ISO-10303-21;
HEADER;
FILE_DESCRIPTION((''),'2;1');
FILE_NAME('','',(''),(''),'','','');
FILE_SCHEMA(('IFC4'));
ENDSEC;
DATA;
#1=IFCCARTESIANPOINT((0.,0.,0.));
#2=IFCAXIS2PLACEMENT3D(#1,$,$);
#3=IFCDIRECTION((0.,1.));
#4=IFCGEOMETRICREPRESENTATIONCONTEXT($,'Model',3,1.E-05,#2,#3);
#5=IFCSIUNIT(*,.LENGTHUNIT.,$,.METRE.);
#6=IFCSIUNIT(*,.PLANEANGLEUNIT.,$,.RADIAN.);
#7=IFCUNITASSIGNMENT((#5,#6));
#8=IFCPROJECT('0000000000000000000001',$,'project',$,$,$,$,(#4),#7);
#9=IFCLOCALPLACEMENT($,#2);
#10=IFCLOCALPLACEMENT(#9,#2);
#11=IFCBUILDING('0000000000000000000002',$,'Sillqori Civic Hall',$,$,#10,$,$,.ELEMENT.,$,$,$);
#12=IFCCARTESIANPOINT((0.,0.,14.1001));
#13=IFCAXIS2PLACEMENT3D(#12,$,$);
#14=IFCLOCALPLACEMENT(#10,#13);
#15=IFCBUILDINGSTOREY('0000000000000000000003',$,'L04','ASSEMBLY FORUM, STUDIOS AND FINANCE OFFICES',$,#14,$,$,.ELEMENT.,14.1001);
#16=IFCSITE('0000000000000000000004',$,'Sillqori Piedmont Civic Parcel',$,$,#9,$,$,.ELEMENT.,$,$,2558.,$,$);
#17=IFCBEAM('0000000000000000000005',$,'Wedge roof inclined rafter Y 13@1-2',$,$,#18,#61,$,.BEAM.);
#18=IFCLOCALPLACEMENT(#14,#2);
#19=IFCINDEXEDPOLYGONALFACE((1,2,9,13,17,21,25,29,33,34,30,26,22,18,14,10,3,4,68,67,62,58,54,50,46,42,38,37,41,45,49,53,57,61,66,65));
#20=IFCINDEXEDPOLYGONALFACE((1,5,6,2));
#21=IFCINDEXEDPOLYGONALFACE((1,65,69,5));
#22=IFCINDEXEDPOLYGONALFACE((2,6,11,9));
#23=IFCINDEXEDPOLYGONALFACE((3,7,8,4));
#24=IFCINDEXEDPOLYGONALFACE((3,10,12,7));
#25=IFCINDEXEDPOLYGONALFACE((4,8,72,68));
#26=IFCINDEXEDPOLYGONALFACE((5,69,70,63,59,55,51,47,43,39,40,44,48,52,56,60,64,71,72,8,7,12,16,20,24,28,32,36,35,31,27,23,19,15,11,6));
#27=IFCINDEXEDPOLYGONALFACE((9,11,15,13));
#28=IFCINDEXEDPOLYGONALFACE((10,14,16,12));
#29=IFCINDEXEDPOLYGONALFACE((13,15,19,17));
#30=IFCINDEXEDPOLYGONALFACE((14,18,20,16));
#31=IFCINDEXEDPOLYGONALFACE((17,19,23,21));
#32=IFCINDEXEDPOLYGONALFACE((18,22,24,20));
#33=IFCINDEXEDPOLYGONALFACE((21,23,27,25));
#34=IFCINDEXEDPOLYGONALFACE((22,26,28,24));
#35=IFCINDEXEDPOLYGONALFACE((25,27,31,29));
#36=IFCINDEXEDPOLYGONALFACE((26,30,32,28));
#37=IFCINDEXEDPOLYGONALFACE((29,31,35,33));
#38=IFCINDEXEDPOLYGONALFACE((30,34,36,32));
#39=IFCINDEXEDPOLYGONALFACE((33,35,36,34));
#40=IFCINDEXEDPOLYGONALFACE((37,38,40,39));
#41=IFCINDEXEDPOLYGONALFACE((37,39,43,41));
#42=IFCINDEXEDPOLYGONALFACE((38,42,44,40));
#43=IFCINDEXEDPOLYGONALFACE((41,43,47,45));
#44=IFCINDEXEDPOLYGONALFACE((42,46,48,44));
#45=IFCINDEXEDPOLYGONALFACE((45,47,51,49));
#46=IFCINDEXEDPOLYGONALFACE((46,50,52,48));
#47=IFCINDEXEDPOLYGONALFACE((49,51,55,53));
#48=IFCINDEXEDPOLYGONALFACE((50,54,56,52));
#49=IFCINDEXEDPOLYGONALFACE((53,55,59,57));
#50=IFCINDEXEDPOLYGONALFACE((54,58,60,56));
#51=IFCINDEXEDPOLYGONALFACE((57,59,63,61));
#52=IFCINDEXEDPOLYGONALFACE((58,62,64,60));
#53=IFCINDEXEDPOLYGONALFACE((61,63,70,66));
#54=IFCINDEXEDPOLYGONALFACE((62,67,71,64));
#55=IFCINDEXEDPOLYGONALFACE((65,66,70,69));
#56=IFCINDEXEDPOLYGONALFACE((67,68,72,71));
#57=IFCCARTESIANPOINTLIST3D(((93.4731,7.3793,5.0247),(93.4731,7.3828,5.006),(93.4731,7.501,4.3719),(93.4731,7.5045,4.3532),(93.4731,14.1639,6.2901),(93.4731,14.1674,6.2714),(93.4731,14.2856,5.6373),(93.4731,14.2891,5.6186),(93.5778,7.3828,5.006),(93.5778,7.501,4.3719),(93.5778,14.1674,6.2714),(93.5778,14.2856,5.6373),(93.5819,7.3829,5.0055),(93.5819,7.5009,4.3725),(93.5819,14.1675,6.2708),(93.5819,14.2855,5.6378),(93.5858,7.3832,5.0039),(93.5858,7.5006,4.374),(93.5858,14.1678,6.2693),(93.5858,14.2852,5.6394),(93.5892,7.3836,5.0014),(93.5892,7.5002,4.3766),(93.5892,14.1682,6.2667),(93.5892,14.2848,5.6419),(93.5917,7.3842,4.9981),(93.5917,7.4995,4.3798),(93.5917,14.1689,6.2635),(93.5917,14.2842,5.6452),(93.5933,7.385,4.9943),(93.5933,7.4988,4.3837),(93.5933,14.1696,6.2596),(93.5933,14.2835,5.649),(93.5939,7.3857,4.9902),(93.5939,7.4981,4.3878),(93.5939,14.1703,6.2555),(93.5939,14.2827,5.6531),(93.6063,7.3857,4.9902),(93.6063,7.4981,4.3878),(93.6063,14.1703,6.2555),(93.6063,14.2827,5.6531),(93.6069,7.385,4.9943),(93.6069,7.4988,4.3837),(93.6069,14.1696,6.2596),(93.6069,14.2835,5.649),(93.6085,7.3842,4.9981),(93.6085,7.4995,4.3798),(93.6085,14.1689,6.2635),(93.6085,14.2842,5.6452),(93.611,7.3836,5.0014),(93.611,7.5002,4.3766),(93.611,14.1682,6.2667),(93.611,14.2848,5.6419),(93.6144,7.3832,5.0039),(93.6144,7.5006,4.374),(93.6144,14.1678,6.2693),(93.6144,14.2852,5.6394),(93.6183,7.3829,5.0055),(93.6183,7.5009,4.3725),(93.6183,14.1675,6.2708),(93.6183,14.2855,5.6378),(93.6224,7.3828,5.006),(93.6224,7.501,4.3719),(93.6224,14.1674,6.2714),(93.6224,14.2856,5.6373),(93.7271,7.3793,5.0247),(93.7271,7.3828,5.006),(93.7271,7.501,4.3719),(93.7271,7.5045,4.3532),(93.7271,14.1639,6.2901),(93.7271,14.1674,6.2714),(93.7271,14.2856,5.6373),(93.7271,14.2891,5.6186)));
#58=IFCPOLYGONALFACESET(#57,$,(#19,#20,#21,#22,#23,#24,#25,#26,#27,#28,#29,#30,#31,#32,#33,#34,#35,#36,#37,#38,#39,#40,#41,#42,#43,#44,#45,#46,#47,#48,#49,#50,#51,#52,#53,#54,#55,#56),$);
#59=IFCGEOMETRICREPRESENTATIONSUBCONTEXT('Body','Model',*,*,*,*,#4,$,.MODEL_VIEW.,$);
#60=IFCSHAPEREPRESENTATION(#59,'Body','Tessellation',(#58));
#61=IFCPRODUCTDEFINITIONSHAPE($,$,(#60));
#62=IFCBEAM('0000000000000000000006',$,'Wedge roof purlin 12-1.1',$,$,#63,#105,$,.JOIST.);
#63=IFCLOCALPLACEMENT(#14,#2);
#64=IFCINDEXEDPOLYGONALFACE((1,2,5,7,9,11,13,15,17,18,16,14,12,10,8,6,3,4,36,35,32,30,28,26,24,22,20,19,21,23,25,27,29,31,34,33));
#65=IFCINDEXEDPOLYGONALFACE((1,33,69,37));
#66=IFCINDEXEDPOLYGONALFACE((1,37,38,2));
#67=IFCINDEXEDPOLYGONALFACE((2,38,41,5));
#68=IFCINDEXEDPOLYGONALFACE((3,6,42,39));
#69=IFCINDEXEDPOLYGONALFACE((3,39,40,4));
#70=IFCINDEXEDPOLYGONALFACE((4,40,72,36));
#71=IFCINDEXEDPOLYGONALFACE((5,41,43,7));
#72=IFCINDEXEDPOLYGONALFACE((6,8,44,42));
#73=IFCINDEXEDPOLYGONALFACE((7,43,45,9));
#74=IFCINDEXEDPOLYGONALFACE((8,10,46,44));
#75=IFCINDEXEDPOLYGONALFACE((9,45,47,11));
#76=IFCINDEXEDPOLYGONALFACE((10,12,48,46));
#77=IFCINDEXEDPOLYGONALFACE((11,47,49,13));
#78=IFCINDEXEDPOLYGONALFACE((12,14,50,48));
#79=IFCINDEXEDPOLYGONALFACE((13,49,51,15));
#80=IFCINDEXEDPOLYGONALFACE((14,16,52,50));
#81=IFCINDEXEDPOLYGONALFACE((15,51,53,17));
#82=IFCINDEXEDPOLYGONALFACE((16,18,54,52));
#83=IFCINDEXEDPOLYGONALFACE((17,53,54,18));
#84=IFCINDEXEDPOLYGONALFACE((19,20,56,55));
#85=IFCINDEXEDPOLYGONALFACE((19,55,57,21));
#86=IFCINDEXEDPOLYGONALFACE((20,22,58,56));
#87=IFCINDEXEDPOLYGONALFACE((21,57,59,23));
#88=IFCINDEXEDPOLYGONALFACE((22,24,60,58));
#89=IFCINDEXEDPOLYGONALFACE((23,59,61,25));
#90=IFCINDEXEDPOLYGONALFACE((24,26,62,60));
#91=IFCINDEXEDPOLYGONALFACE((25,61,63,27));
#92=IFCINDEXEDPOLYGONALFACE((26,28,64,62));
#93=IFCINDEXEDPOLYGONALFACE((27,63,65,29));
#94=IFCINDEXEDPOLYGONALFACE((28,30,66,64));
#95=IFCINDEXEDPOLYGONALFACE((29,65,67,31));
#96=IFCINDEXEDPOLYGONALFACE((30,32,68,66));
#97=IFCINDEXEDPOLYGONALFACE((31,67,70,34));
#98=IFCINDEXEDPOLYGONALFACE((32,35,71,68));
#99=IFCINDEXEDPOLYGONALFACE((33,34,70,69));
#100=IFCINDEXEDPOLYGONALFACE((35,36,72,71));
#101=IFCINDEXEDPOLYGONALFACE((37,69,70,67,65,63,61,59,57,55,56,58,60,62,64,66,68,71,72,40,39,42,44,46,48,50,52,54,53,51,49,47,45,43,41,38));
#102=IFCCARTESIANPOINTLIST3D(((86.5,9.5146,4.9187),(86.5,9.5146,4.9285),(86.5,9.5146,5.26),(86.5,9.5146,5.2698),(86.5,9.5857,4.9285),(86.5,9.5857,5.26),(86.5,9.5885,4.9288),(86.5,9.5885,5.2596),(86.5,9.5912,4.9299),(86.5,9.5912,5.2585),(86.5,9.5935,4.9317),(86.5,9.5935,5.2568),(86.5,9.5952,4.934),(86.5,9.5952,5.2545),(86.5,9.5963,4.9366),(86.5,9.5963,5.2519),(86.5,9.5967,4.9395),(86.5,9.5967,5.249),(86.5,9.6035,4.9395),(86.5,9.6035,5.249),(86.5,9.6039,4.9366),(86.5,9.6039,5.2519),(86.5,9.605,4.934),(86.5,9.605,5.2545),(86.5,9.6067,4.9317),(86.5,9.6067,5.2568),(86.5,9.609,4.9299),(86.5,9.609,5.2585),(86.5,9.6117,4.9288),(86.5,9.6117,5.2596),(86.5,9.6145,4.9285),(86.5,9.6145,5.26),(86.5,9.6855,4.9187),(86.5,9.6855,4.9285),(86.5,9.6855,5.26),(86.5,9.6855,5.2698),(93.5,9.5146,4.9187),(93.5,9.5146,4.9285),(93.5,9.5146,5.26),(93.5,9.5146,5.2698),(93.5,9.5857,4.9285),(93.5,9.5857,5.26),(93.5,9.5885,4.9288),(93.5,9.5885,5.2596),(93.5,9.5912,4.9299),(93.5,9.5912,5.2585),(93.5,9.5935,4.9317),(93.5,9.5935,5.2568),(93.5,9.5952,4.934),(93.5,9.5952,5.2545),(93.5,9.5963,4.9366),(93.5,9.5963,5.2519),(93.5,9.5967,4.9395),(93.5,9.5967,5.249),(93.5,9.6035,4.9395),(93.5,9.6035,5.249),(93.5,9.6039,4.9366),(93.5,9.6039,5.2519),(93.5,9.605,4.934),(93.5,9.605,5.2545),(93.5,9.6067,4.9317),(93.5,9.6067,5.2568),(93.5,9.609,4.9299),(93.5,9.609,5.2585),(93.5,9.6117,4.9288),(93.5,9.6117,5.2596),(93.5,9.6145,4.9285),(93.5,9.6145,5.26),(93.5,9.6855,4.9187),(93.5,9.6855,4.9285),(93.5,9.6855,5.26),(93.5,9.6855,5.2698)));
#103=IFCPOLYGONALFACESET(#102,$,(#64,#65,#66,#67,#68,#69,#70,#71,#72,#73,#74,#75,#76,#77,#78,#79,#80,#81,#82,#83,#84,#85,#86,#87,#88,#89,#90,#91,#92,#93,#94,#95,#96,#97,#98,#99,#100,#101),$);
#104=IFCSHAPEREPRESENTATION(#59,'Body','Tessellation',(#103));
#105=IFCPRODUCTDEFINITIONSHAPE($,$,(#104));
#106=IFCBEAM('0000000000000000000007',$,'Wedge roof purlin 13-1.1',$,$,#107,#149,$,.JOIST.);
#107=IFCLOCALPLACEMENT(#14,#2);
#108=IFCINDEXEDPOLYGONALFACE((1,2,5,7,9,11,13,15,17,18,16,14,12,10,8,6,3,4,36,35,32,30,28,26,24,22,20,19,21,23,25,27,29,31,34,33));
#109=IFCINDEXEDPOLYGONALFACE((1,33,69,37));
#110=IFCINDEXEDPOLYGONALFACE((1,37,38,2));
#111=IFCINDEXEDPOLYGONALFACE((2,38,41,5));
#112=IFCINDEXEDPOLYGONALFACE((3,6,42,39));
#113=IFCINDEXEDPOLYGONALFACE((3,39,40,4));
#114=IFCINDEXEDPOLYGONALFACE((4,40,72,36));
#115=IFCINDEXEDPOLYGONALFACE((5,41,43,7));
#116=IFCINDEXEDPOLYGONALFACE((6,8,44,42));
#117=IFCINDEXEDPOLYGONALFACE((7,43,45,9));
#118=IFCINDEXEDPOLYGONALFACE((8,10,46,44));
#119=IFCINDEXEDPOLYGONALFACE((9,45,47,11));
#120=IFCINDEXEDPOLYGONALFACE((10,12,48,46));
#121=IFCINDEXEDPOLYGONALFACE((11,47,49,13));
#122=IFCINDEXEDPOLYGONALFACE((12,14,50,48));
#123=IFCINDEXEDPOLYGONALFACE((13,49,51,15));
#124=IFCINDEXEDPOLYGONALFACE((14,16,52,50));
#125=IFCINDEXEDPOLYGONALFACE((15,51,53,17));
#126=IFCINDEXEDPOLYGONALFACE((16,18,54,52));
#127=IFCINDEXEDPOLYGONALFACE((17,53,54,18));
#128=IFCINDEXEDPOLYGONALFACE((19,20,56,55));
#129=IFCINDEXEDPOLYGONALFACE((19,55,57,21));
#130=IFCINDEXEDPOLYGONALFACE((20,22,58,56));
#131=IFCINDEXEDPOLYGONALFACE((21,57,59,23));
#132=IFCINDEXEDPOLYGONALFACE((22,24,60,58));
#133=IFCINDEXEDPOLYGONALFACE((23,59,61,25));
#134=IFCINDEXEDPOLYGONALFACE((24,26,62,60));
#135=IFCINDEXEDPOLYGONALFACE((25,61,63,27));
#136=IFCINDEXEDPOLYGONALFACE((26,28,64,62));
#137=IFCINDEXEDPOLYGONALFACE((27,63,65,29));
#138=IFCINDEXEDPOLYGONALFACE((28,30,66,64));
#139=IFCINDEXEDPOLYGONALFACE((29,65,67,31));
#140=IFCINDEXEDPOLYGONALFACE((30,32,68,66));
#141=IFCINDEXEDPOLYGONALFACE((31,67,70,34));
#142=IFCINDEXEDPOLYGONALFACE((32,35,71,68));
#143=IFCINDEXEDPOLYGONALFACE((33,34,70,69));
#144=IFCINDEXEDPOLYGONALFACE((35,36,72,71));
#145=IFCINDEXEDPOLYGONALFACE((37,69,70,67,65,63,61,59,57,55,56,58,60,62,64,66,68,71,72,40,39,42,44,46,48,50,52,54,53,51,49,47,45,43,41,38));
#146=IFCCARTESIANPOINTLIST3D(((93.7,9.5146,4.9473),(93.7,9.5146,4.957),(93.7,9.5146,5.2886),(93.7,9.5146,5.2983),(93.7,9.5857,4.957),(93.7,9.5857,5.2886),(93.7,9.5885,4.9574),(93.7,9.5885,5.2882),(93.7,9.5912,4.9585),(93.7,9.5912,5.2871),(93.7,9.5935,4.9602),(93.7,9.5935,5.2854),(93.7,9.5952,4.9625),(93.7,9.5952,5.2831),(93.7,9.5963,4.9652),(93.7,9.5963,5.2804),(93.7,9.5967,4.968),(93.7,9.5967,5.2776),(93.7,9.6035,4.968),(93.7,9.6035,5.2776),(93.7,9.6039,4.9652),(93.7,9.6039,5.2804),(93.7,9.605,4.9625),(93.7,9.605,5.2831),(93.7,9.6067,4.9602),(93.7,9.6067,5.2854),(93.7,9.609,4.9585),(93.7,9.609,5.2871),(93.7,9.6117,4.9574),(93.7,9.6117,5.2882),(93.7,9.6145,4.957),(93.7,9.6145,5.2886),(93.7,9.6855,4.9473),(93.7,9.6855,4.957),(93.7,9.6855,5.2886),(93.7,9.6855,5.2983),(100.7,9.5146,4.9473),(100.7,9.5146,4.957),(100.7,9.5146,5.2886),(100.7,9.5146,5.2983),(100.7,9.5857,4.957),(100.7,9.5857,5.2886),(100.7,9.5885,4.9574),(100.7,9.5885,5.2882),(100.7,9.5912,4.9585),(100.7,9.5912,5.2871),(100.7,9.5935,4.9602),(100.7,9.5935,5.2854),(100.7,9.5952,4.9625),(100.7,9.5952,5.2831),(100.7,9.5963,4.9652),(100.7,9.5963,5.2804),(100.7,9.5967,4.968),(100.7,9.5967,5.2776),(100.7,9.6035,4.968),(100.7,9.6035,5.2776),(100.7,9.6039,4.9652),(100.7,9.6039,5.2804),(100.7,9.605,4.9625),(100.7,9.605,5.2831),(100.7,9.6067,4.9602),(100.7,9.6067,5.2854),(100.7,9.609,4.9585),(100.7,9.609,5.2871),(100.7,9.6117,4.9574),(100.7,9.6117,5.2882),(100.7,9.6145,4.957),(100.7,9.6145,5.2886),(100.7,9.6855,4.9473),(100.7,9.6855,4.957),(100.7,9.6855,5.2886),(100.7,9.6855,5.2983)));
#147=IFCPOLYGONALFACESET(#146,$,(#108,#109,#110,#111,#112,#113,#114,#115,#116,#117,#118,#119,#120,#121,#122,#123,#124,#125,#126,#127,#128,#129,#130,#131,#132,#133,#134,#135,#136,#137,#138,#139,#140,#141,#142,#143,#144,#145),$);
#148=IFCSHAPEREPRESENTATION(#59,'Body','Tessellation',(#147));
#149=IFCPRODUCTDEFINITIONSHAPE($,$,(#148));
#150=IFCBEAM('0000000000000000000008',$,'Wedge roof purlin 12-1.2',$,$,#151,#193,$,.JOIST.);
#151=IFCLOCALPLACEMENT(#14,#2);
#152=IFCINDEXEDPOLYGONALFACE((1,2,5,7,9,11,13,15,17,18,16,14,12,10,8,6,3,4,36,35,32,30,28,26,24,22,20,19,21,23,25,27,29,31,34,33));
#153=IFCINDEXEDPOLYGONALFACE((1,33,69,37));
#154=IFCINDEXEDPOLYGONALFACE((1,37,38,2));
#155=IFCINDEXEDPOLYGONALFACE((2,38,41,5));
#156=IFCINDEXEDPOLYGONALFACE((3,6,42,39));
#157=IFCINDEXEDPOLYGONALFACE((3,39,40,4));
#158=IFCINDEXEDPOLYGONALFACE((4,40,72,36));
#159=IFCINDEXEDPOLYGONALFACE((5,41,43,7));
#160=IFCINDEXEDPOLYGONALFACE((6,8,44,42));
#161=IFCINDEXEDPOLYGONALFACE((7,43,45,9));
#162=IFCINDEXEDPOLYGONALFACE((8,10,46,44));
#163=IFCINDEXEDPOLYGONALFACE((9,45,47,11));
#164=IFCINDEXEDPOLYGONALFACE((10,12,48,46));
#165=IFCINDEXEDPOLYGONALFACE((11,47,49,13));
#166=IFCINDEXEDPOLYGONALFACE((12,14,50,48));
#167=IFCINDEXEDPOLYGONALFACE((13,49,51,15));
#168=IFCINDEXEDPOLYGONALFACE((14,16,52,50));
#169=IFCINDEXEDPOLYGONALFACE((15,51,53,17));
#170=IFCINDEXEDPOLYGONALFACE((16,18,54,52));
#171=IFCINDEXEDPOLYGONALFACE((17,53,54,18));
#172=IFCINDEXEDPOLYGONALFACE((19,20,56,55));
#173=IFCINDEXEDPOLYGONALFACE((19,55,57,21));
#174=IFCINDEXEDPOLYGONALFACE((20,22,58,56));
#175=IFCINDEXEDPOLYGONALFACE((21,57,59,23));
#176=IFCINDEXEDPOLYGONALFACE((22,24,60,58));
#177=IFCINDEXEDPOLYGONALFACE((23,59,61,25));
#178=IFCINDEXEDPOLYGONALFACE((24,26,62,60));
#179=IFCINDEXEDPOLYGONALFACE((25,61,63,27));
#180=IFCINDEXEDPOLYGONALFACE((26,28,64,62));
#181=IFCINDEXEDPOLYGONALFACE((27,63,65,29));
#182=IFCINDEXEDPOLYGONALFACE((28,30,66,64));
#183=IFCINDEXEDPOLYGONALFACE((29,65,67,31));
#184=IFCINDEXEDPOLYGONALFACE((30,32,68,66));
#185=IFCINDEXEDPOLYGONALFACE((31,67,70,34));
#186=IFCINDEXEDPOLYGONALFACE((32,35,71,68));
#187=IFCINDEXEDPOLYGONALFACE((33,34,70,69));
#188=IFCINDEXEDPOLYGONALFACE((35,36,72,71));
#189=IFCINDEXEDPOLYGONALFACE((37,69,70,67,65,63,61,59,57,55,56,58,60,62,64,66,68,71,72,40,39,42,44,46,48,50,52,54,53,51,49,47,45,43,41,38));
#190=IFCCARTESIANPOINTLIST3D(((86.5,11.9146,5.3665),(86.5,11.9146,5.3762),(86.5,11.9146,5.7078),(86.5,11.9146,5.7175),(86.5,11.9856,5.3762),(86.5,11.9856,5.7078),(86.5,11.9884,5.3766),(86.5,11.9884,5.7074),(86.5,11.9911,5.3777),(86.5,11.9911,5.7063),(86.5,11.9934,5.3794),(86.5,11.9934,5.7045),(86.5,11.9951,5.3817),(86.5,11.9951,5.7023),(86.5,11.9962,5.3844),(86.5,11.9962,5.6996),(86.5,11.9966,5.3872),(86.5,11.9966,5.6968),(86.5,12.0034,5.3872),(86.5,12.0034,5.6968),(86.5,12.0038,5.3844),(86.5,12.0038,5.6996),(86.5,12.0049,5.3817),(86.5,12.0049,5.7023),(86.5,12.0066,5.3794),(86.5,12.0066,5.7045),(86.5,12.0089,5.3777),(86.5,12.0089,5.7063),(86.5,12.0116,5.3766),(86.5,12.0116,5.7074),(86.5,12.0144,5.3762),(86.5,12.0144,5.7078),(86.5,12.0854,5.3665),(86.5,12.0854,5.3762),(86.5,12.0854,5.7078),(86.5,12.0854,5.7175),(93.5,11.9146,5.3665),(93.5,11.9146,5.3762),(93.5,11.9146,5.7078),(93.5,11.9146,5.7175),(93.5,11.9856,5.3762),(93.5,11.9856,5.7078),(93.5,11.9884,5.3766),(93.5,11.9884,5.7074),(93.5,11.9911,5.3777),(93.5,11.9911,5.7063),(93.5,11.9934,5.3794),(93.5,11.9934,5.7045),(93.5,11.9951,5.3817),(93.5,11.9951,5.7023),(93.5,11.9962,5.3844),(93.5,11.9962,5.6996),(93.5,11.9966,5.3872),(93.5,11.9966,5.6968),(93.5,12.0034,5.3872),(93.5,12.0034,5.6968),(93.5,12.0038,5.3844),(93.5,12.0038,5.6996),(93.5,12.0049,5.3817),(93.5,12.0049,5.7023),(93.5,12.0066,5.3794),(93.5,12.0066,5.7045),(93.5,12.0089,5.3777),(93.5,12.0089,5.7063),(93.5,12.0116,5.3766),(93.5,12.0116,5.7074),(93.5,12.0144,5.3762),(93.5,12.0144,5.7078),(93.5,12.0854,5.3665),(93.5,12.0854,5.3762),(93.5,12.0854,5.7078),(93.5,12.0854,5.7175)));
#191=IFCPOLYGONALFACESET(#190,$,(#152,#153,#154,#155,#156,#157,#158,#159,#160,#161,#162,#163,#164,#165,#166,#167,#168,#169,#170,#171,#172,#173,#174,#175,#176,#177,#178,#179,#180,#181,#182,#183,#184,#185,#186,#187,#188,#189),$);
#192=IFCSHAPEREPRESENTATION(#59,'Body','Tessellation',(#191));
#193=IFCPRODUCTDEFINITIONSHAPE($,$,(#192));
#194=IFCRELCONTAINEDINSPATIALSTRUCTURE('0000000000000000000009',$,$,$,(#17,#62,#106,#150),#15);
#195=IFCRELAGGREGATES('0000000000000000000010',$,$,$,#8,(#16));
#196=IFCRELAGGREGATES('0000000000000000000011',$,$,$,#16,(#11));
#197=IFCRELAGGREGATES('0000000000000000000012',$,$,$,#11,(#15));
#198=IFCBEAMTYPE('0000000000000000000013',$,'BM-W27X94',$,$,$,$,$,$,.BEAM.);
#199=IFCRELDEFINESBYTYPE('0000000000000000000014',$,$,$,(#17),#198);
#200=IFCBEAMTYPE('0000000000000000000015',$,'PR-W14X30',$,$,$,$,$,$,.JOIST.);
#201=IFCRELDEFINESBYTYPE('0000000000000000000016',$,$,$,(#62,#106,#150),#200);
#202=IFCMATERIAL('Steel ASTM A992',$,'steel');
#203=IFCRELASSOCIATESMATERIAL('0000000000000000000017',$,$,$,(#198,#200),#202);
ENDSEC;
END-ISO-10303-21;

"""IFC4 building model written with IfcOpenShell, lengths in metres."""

from ifc_helpers import new_model, si_unit, direction, frame, origin, origin_2d, place, context, subcontext, project, spatial, i_section, extrude, material, material_profile, profile_set, type_object, element, save


model = new_model("IFC4")

# Units and contexts
model_context = context("Model", 3, precision=1e-05, world=origin(), true_north=direction((0.0, 1.0)))
body_context = subcontext(model_context, "Body", "Model", "MODEL_VIEW")
ifc_project = project(units=[si_unit("LENGTHUNIT", "METRE"), si_unit("PLANEANGLEUNIT", "RADIAN")], contexts=[model_context])

# Site, building, storey
site_placement = place(None, origin())
site = spatial("IfcSite", under=ifc_project, at=site_placement, Name="Sillqori Piedmont Civic Parcel", CompositionType="ELEMENT", RefElevation=2558.0)
building_placement = place(site_placement, origin())
building = spatial("IfcBuilding", under=site, at=building_placement, Name="Sillqori Civic Hall", CompositionType="ELEMENT")
storey_placement = place(building_placement, frame((0.0, 0.0, 14.1001)))
storey = spatial("IfcBuildingStorey", under=building, at=storey_placement, Name="L04", Description="ASSEMBLY FORUM, STUDIOS AND FINANCE OFFICES", CompositionType="ELEMENT", Elevation=14.1001)

# Shared definitions
ifc_material_1 = material(Name="Steel ASTM A992", Category="steel")

# Beams
ifc_material_profile_1 = material_profile(ifc_material_1, i_section(OverallWidth=0.2539, OverallDepth=0.6831, WebThickness=0.0125, FlangeThickness=0.019, FilletRadius=0.0161, at=origin_2d()), Name="W27X94")
ifc_profile_set_1 = profile_set([ifc_material_profile_1], Name="Steel ASTM A992")
beam_type_1 = type_object("IfcBeamType", Name="BM-W27X94", PredefinedType="BEAM", material=ifc_profile_set_1)
for number, where, z_axis, x_axis, name in (
    (1, (93.6001, 7.4419, 4.689), (0.0, 0.983049, 0.183344), (-1.0, 0.0, 0.0), "Wedge roof inclined rafter Y 13@1-2"),
):
    element("IfcBeam", number, at=place(storey_placement, frame(where, z_axis=z_axis, x_axis=x_axis)), inside=storey, type_object=beam_type_1, Name=name, PredefinedType="BEAM", context=body_context, shape_type="SweptSolid", body=[
        extrude(i_section(OverallWidth=0.2539, OverallDepth=0.6831, WebThickness=0.0125, FlangeThickness=0.019, FilletRadius=0.0161, at=origin_2d()), origin(), (0.0, 0.0, 1.0), 6.9016),
    ])
ifc_material_profile_2 = material_profile(ifc_material_1, i_section(OverallWidth=0.1709, OverallDepth=0.3511, WebThickness=0.0068, FlangeThickness=0.0098, FilletRadius=0.011, at=origin_2d()), Name="W14X30")
ifc_profile_set_2 = profile_set([ifc_material_profile_2], Name="Steel ASTM A992")
beam_type_2 = type_object("IfcBeamType", Name="PR-W14X30", PredefinedType="JOIST", material=ifc_profile_set_2)
for number, where, z_axis, x_axis, name in (
    (2, (86.5, 9.6001, 5.0942), (1.0, 0.0, 0.0), (0.0, 1.0, 0.0), "Wedge roof purlin 12-1.1"),
    (3, (93.7, 9.6001, 5.1228), (1.0, 0.0, 0.0), (0.0, 1.0, 0.0), "Wedge roof purlin 13-1.1"),
    (4, (86.5, 12.0, 5.542), (1.0, 0.0, 0.0), (0.0, 1.0, 0.0), "Wedge roof purlin 12-1.2"),
):
    element("IfcBeam", number, at=place(storey_placement, frame(where, z_axis=z_axis, x_axis=x_axis)), inside=storey, type_object=beam_type_2, Name=name, PredefinedType="JOIST", context=body_context, shape_type="SweptSolid", body=[
        extrude(i_section(OverallWidth=0.1709, OverallDepth=0.3511, WebThickness=0.0068, FlangeThickness=0.0098, FilletRadius=0.011, at=origin_2d()), origin(), (0.0, 0.0, 1.0), 7.0),
    ])

save(model, "model.ifc")
